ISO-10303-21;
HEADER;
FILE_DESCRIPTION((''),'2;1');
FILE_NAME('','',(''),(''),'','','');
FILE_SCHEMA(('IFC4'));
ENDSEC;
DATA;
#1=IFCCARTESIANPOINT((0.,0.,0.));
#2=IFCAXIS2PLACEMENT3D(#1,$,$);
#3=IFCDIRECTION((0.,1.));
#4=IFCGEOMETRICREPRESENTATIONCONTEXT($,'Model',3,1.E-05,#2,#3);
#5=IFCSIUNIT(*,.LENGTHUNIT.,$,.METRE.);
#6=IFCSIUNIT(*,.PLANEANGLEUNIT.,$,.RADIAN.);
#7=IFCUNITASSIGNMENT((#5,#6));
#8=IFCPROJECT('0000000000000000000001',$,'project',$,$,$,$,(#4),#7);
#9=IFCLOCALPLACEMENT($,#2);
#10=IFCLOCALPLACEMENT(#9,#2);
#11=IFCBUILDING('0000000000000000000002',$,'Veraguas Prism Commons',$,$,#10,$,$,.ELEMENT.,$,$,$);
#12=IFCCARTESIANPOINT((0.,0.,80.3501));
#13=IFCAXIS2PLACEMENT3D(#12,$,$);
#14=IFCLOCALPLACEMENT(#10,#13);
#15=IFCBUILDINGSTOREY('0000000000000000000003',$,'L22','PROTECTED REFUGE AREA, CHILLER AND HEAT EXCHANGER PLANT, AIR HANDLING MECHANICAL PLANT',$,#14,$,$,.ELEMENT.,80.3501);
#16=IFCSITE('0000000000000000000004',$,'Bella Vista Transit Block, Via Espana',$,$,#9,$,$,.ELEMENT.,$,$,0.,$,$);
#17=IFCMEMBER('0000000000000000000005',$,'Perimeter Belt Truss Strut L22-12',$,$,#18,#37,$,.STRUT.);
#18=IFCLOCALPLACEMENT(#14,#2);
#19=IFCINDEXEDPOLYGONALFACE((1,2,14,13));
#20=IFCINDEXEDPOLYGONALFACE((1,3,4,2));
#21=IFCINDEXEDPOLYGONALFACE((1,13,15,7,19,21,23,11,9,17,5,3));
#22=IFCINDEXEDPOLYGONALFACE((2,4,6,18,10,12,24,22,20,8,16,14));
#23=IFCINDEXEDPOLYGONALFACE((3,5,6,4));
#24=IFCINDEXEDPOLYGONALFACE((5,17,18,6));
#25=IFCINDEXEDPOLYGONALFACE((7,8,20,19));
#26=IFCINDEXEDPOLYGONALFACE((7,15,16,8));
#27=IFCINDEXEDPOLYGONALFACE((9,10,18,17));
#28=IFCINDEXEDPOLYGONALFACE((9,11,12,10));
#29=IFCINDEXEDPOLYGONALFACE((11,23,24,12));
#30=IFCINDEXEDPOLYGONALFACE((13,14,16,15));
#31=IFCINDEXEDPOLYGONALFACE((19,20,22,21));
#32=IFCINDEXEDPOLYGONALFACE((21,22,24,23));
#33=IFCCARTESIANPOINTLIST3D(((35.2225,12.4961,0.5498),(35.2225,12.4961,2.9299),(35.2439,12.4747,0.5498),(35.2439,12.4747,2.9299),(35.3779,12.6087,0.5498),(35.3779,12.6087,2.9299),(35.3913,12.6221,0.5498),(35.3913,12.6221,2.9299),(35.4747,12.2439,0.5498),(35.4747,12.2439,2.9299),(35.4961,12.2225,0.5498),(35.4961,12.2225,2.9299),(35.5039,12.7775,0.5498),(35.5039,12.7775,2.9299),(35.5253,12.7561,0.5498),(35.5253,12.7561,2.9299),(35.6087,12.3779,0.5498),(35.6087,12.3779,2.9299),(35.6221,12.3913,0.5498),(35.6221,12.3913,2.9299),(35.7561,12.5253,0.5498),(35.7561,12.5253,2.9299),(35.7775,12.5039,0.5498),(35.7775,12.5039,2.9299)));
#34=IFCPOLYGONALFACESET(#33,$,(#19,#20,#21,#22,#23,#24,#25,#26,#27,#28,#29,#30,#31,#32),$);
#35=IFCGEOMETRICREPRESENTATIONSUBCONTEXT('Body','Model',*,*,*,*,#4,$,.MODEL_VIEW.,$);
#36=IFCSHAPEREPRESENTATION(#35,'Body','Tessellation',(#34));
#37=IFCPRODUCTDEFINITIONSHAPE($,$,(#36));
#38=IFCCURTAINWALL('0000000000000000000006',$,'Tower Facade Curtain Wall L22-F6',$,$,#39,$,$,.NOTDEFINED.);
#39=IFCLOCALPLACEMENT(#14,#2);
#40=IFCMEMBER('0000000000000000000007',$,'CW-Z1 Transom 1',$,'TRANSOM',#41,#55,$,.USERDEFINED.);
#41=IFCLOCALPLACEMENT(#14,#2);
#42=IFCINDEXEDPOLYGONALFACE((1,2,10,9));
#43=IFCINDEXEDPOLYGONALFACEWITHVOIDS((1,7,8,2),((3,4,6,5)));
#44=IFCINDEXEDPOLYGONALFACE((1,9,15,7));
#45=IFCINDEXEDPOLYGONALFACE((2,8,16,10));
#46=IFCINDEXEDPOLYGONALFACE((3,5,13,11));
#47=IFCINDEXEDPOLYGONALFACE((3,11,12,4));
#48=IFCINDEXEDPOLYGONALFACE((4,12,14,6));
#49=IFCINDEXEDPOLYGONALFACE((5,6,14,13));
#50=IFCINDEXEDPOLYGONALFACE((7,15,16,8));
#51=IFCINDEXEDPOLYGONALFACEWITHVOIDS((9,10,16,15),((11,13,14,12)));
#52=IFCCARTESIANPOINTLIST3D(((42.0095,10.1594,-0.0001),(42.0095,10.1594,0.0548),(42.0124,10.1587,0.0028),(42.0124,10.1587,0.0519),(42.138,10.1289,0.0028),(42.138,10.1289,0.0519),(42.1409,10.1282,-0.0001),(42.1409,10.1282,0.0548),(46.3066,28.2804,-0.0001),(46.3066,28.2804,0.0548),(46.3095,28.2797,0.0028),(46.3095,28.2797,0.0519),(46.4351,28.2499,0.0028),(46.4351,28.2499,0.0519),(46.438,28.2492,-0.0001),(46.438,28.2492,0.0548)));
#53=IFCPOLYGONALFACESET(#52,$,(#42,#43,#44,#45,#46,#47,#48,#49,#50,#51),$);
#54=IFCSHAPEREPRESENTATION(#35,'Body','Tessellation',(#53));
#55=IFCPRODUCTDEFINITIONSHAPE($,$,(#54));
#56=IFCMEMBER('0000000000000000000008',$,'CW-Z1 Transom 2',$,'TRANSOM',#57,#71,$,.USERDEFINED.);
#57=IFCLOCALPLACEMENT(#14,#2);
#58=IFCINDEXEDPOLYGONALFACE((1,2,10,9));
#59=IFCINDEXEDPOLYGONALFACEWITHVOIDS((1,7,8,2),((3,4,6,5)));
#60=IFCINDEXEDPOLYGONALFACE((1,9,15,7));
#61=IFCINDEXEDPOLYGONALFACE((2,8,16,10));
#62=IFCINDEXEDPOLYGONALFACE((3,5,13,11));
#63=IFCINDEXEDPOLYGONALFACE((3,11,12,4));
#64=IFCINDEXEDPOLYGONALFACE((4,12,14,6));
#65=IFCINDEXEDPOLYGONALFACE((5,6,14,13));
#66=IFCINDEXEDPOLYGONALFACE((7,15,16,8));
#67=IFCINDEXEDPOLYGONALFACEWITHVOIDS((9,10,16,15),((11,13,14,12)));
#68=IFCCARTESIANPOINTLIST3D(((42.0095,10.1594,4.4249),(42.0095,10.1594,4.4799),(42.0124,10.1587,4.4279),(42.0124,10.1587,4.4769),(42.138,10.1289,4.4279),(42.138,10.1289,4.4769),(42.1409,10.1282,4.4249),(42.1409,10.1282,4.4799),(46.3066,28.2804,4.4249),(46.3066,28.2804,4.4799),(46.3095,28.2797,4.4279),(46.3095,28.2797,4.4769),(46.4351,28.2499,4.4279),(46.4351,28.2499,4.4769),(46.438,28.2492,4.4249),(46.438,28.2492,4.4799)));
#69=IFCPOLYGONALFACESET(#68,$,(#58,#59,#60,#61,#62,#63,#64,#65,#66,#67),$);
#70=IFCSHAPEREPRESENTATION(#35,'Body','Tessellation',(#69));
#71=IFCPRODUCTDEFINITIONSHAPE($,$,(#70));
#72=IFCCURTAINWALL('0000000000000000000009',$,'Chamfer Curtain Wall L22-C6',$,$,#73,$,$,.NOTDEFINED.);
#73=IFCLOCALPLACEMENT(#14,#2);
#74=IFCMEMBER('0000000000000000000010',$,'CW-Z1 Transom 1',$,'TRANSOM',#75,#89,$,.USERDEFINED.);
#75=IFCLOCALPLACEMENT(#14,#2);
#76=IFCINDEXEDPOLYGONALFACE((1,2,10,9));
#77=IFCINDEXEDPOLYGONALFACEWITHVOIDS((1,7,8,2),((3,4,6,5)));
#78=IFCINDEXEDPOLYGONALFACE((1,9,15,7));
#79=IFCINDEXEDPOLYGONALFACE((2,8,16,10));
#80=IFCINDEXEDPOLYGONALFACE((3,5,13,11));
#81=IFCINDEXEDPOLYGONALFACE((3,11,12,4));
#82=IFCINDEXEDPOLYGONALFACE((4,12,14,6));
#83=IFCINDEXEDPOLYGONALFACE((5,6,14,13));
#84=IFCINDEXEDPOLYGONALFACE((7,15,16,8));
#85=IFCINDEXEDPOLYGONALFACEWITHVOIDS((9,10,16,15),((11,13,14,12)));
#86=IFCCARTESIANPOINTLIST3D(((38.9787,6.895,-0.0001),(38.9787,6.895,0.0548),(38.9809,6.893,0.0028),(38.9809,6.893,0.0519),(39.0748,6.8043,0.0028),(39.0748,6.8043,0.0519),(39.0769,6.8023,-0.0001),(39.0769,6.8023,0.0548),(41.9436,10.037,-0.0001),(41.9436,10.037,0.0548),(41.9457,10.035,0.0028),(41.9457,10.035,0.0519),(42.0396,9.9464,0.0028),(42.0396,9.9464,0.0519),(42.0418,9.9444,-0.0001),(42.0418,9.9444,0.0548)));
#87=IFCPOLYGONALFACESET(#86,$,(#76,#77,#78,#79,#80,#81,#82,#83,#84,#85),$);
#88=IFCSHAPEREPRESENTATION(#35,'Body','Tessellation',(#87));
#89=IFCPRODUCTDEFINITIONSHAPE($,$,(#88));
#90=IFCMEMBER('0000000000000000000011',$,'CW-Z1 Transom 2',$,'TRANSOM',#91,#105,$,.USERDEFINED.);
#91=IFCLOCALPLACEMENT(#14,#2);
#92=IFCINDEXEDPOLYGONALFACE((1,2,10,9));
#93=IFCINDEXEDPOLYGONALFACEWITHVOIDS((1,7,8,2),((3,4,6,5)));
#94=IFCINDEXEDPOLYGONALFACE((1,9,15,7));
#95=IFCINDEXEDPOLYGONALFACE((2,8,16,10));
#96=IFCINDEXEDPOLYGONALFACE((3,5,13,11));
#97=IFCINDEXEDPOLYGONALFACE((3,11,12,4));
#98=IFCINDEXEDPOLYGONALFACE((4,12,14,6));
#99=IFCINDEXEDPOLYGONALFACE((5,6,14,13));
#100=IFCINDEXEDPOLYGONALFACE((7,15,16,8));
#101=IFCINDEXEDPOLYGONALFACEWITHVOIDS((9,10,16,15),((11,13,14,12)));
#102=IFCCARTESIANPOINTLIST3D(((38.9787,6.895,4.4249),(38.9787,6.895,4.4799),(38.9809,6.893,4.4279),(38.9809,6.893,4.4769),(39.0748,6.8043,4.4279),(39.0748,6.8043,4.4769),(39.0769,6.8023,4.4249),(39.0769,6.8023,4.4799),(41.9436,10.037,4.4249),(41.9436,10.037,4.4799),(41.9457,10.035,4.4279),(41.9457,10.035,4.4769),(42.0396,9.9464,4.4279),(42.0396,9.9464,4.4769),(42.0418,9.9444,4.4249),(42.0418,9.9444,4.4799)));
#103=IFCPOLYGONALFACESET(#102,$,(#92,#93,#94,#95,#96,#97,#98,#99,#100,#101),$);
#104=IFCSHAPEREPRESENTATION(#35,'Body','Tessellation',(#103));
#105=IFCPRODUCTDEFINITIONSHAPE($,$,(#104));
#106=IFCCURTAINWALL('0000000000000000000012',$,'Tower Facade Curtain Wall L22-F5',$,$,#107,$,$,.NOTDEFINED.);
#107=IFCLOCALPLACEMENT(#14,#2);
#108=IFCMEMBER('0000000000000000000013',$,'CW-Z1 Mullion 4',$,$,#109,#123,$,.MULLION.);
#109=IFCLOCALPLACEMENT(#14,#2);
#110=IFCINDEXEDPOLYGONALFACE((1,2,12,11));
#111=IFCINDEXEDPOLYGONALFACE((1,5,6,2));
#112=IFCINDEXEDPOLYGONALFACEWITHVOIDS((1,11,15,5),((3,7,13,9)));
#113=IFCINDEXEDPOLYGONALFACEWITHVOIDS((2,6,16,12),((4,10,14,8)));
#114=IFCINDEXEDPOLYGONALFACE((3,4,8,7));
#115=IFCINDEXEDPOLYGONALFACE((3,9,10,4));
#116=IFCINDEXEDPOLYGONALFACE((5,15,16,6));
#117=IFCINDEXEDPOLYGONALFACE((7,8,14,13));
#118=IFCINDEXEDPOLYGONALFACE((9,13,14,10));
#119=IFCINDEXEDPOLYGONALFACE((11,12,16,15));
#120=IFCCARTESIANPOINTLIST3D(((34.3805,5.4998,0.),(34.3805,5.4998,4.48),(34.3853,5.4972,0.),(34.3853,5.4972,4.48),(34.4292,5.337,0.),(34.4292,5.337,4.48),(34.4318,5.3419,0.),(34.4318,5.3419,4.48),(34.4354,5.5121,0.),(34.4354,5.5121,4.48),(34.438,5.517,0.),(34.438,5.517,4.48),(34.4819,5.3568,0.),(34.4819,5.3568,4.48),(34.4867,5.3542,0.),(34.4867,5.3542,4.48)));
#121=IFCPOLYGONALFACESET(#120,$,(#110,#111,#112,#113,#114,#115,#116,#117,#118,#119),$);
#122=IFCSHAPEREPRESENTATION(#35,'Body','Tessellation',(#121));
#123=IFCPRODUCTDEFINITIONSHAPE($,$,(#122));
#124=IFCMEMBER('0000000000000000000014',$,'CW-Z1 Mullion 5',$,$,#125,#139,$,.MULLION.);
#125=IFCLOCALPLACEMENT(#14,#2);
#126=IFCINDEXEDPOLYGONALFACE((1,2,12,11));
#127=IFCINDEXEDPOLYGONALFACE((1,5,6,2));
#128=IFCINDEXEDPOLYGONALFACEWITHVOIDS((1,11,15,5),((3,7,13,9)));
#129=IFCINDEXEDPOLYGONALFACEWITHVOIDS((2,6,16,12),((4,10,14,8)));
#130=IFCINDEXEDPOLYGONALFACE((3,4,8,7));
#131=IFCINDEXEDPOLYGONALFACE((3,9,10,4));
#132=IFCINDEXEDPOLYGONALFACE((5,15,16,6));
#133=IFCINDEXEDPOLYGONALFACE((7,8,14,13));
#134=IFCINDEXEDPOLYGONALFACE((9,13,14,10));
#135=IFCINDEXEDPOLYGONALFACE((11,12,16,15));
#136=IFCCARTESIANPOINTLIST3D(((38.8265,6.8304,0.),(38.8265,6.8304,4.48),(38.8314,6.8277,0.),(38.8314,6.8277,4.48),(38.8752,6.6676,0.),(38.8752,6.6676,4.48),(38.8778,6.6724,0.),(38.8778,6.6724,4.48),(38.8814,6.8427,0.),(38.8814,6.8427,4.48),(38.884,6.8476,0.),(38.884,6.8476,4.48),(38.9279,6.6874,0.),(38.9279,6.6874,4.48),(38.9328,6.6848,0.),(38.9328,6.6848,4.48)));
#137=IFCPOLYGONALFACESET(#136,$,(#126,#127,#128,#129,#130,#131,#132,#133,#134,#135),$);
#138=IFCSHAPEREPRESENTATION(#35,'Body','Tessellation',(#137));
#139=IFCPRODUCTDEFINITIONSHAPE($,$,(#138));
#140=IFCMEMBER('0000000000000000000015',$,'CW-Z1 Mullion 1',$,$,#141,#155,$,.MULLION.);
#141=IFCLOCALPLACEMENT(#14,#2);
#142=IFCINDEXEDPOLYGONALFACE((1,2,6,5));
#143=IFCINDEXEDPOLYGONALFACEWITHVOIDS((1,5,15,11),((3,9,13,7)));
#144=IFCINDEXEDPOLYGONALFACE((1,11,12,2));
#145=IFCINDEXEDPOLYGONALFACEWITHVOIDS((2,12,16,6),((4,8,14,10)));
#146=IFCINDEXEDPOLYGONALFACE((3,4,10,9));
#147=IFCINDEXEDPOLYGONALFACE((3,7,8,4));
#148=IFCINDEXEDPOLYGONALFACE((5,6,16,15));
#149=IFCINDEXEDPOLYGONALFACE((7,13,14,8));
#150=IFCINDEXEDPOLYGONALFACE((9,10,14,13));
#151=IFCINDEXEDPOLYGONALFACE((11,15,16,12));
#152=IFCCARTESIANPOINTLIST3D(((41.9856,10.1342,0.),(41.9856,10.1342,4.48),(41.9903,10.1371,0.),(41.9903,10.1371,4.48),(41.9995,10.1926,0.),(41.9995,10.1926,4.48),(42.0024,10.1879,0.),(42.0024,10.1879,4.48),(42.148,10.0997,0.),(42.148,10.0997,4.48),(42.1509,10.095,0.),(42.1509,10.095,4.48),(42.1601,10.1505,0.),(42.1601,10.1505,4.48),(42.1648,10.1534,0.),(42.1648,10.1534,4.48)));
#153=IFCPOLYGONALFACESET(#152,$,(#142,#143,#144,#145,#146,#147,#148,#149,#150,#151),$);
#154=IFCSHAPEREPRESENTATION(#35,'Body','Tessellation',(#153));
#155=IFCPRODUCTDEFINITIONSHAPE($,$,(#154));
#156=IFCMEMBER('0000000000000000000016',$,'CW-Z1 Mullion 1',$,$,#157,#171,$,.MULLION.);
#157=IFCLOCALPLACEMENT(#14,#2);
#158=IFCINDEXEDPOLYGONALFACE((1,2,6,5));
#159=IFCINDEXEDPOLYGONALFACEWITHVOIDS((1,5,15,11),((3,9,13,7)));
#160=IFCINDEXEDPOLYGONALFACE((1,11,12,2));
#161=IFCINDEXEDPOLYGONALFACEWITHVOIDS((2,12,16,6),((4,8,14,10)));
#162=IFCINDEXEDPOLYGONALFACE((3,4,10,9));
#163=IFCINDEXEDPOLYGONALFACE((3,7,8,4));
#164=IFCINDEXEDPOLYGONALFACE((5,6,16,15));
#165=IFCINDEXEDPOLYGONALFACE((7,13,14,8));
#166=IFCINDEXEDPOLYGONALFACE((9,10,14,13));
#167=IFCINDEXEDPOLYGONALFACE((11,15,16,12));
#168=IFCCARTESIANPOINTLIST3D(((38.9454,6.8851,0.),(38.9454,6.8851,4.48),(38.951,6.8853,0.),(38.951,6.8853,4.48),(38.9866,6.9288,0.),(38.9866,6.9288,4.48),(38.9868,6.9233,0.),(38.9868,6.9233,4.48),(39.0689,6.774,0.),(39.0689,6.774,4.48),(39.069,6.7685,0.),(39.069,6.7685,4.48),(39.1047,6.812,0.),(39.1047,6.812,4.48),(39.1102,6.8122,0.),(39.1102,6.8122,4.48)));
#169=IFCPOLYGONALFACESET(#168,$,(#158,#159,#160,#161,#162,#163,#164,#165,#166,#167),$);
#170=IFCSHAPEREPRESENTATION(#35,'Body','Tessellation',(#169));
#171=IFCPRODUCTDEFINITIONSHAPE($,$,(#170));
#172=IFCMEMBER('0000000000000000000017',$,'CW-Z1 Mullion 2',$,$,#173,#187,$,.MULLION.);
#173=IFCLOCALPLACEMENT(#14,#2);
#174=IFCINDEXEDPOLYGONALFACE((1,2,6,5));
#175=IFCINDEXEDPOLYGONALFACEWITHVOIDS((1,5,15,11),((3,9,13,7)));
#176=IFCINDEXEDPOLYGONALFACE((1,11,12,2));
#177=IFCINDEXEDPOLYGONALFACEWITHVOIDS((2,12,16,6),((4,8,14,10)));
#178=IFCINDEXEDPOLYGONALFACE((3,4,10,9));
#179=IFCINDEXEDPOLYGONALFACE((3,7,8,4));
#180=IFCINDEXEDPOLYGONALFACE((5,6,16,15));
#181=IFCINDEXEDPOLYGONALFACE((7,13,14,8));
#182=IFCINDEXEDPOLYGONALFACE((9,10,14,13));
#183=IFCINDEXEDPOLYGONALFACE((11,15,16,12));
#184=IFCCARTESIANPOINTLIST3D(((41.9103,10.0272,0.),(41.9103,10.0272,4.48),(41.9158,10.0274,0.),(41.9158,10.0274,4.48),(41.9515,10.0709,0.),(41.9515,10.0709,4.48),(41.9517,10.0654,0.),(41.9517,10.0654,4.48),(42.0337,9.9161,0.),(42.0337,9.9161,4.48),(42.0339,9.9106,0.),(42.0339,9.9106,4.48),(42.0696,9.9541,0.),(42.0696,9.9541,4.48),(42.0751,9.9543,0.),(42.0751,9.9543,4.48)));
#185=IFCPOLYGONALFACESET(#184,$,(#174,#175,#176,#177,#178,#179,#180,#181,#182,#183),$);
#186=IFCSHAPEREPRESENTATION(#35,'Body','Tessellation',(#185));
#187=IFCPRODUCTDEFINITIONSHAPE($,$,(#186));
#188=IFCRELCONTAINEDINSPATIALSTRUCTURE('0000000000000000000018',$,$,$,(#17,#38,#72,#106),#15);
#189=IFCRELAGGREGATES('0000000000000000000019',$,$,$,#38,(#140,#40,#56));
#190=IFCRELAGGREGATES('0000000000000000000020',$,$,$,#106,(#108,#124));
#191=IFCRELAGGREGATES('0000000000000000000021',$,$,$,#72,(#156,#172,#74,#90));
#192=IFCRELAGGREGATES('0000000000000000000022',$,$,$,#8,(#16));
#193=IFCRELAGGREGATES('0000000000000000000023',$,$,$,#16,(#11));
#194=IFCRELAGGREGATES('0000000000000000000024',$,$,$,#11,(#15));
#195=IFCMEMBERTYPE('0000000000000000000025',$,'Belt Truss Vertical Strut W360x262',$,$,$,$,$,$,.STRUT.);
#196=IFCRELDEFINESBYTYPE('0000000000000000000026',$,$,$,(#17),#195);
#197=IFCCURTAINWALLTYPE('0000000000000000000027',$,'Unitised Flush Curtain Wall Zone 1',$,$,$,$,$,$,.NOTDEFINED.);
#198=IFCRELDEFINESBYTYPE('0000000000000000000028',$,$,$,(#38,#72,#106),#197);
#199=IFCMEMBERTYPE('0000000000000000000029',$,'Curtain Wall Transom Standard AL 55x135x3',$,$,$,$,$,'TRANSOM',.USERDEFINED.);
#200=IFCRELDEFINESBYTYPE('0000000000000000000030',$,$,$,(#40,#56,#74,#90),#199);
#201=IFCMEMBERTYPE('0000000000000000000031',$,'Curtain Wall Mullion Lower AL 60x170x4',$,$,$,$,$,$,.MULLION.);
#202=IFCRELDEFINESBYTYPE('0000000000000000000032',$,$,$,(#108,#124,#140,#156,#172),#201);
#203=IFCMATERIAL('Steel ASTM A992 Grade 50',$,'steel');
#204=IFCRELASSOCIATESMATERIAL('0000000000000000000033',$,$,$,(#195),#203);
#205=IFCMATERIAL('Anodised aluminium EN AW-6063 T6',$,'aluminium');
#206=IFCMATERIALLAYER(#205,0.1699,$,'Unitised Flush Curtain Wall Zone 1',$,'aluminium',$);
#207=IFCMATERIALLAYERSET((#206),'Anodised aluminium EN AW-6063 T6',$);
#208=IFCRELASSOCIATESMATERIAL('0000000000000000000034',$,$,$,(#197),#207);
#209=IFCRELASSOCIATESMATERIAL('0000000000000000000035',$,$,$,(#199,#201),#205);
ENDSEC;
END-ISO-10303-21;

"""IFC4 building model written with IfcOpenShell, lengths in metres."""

from ifc_helpers import new_model, si_unit, direction, frame, origin, origin_2d, place, context, subcontext, project, spatial, hollow_rectangle, i_section, extrude, source, transform, mapped, material, layer, layer_set, material_profile, profile_set, type_object, element, aggregate, save


model = new_model("IFC4")

# Units and contexts
model_context = context("Model", 3, precision=1e-05, world=origin(), true_north=direction((0.0, 1.0)))
body_context = subcontext(model_context, "Body", "Model", "MODEL_VIEW")
ifc_project = project(units=[si_unit("LENGTHUNIT", "METRE"), si_unit("PLANEANGLEUNIT", "RADIAN")], contexts=[model_context])

# Site, building, storey
site_placement = place(None, origin())
site = spatial("IfcSite", under=ifc_project, at=site_placement, Name="Bella Vista Transit Block, Via Espana", CompositionType="ELEMENT", RefElevation=0.0)
building_placement = place(site_placement, origin())
building = spatial("IfcBuilding", under=site, at=building_placement, Name="Veraguas Prism Commons", CompositionType="ELEMENT")
storey_placement = place(building_placement, frame((0.0, 0.0, 80.3501)))
storey = spatial("IfcBuildingStorey", under=building, at=storey_placement, Name="L22", Description="PROTECTED REFUGE AREA, CHILLER AND HEAT EXCHANGER PLANT, AIR HANDLING MECHANICAL PLANT", CompositionType="ELEMENT", Elevation=80.3501)

# Member
ifc_material_1 = material(Name="Steel ASTM A992 Grade 50", Category="steel")
ifc_material_profile_1 = material_profile(ifc_material_1, i_section(OverallWidth=0.3979, OverallDepth=0.387, WebThickness=0.019, FlangeThickness=0.0303, at=origin_2d()), Name="W360X262")
ifc_profile_set_1 = profile_set([ifc_material_profile_1], Name="Steel ASTM A992 Grade 50")
member_type_1 = type_object("IfcMemberType", Name="Belt Truss Vertical Strut W360x262", PredefinedType="STRUT", material=ifc_profile_set_1)
member_1_placement = place(storey_placement, frame((35.5, 12.5, 0.5498), z_axis=(0.0, 0.0, 1.0), x_axis=(0.707107, 0.707107, 0.0)))
element("IfcMember", 1, at=member_1_placement, inside=storey, type_object=member_type_1, Name="Perimeter Belt Truss Strut L22-12", PredefinedType="STRUT", context=body_context, shape_type="SweptSolid", body=[
    extrude(i_section(OverallWidth=0.3979, OverallDepth=0.387, WebThickness=0.019, FlangeThickness=0.0303, at=origin_2d()), origin(), (0.0, 0.0, 1.0), 2.3801),
])

# Curtain walls, members
ifc_material_2 = material(Name="Anodised aluminium EN AW-6063 T6", Category="aluminium")
ifc_layer_1 = layer(ifc_material_2, 0.1699, Name="Unitised Flush Curtain Wall Zone 1", Category="aluminium")
ifc_layer_set_1 = layer_set([ifc_layer_1], Name="Anodised aluminium EN AW-6063 T6")
curtain_wall_type = type_object("IfcCurtainWallType", Name="Unitised Flush Curtain Wall Zone 1", PredefinedType="NOTDEFINED", material=ifc_layer_set_1)
curtain_wall_1_placement = place(storey_placement, origin())
curtain_wall_1 = element("IfcCurtainWall", 2, at=curtain_wall_1_placement, inside=storey, type_object=curtain_wall_type, Name="Tower Facade Curtain Wall L22-F6", PredefinedType="NOTDEFINED")
ifc_material_profile_2 = material_profile(ifc_material_2, hollow_rectangle(XDim=0.0549, YDim=0.135, WallThickness=0.0029, at=origin_2d()), Name="AL55X135X3")
ifc_profile_set_2 = profile_set([ifc_material_profile_2], Name="Anodised aluminium EN AW-6063 T6")
member_type_2 = type_object("IfcMemberType", Name="Curtain Wall Transom Standard AL 55x135x3", ElementType="TRANSOM", PredefinedType="USERDEFINED", material=ifc_profile_set_2)
shared_shape_1 = source(origin(), body_context, "Body", "SweptSolid", [
    extrude(hollow_rectangle(XDim=0.0549, YDim=0.135, WallThickness=0.0029, at=origin_2d()), origin(), (0.0, 0.0, 1.0), 18.6235),
])
member_2_placement = place(storey_placement, frame((42.0752, 10.1438, 0.0273), z_axis=(0.230735, 0.973017, 0.0), x_axis=(0.0, 0.0, 1.0)))
member_2 = element("IfcMember", 3, at=member_2_placement, type_object=member_type_2, Name="CW-Z1 Transom 1", ObjectType="TRANSOM", PredefinedType="USERDEFINED", context=body_context, shape_type="MappedRepresentation", body=[
    mapped(shared_shape_1, transform((0.0, 0.0, 0.0), scale=1.0)),
])
member_3_placement = place(storey_placement, frame((42.0752, 10.1438, 4.4524), z_axis=(0.230735, 0.973017, 0.0), x_axis=(0.0, 0.0, 1.0)))
member_3 = element("IfcMember", 4, at=member_3_placement, type_object=member_type_2, Name="CW-Z1 Transom 2", ObjectType="TRANSOM", PredefinedType="USERDEFINED", context=body_context, shape_type="MappedRepresentation", body=[
    mapped(shared_shape_1, transform((0.0, 0.0, 0.0), scale=1.0)),
])
curtain_wall_2_placement = place(storey_placement, origin())
curtain_wall_2 = element("IfcCurtainWall", 5, at=curtain_wall_2_placement, inside=storey, type_object=curtain_wall_type, Name="Chamfer Curtain Wall L22-C6", PredefinedType="NOTDEFINED")
shared_shape_2 = source(origin(), body_context, "Body", "SweptSolid", [
    extrude(hollow_rectangle(XDim=0.0549, YDim=0.135, WallThickness=0.0029, at=origin_2d()), origin(), (0.0, 0.0, 1.0), 4.3201),
])
member_4_placement = place(storey_placement, frame((39.0278, 6.8486, 0.0273), z_axis=(0.686295, 0.727323, 0.0), x_axis=(0.0, 0.0, 1.0)))
member_4 = element("IfcMember", 6, at=member_4_placement, type_object=member_type_2, Name="CW-Z1 Transom 1", ObjectType="TRANSOM", PredefinedType="USERDEFINED", context=body_context, shape_type="MappedRepresentation", body=[
    mapped(shared_shape_2, transform((0.0, 0.0, 0.0), scale=1.0)),
])
member_5_placement = place(storey_placement, frame((39.0278, 6.8486, 4.4524), z_axis=(0.686295, 0.727323, 0.0), x_axis=(0.0, 0.0, 1.0)))
member_5 = element("IfcMember", 7, at=member_5_placement, type_object=member_type_2, Name="CW-Z1 Transom 2", ObjectType="TRANSOM", PredefinedType="USERDEFINED", context=body_context, shape_type="MappedRepresentation", body=[
    mapped(shared_shape_2, transform((0.0, 0.0, 0.0), scale=1.0)),
])
curtain_wall_3_placement = place(storey_placement, origin())
curtain_wall_3 = element("IfcCurtainWall", 8, at=curtain_wall_3_placement, inside=storey, type_object=curtain_wall_type, Name="Tower Facade Curtain Wall L22-F5", PredefinedType="NOTDEFINED")
ifc_material_profile_3 = material_profile(ifc_material_2, hollow_rectangle(XDim=0.0601, YDim=0.1699, WallThickness=0.0039, at=origin_2d()), Name="AL60X170X4")
ifc_profile_set_3 = profile_set([ifc_material_profile_3], Name="Anodised aluminium EN AW-6063 T6")
member_type_3 = type_object("IfcMemberType", Name="Curtain Wall Mullion Lower AL 60x170x4", PredefinedType="MULLION", material=ifc_profile_set_3)
shared_shape_3 = source(origin(), body_context, "Body", "SweptSolid", [
    extrude(hollow_rectangle(XDim=0.0601, YDim=0.1699, WallThickness=0.0039, at=origin_2d()), origin(), (0.0, 0.0, 1.0), 4.48),
])
member_6_placement = place(storey_placement, frame((34.4336, 5.427, 0.0), z_axis=(0.0, 0.0, 1.0), x_axis=(0.958023, 0.286692, 0.0)))
member_6 = element("IfcMember", 9, at=member_6_placement, type_object=member_type_3, Name="CW-Z1 Mullion 4", PredefinedType="MULLION", context=body_context, shape_type="MappedRepresentation", body=[
    mapped(shared_shape_3, transform((0.0, 0.0, 0.0), scale=1.0)),
])
member_7_placement = place(storey_placement, frame((38.8796, 6.7576, 0.0), z_axis=(0.0, 0.0, 1.0), x_axis=(0.958023, 0.286692, 0.0)))
member_7 = element("IfcMember", 10, at=member_7_placement, type_object=member_type_3, Name="CW-Z1 Mullion 5", PredefinedType="MULLION", context=body_context, shape_type="MappedRepresentation", body=[
    mapped(shared_shape_3, transform((0.0, 0.0, 0.0), scale=1.0)),
])

# Members
member_8_placement = place(storey_placement, frame((42.0752, 10.1438, 0.0), z_axis=(0.0, 0.0, 1.0), x_axis=(0.230734, 0.973017, 0.0)))
member_8 = element("IfcMember", 11, at=member_8_placement, type_object=member_type_3, Name="CW-Z1 Mullion 1", PredefinedType="MULLION", context=body_context, shape_type="MappedRepresentation", body=[
    mapped(shared_shape_3, transform((0.0, 0.0, 0.0), scale=1.0)),
])
member_9_placement = place(storey_placement, frame((39.0278, 6.8486, 0.0), z_axis=(0.0, 0.0, 1.0), x_axis=(0.686319, 0.727301, 0.0)))
member_9 = element("IfcMember", 12, at=member_9_placement, type_object=member_type_3, Name="CW-Z1 Mullion 1", PredefinedType="MULLION", context=body_context, shape_type="MappedRepresentation", body=[
    mapped(shared_shape_3, transform((0.0, 0.0, 0.0), scale=1.0)),
])
member_10_placement = place(storey_placement, frame((41.9927, 9.9907, 0.0), z_axis=(0.0, 0.0, 1.0), x_axis=(0.686319, 0.727301, 0.0)))
member_10 = element("IfcMember", 13, at=member_10_placement, type_object=member_type_3, Name="CW-Z1 Mullion 2", PredefinedType="MULLION", context=body_context, shape_type="MappedRepresentation", body=[
    mapped(shared_shape_3, transform((0.0, 0.0, 0.0), scale=1.0)),
])

aggregate(curtain_wall_1, [member_8, member_2, member_3])
aggregate(curtain_wall_3, [member_6, member_7])
aggregate(curtain_wall_2, [member_9, member_10, member_4, member_5])

save(model, "model.ifc")
